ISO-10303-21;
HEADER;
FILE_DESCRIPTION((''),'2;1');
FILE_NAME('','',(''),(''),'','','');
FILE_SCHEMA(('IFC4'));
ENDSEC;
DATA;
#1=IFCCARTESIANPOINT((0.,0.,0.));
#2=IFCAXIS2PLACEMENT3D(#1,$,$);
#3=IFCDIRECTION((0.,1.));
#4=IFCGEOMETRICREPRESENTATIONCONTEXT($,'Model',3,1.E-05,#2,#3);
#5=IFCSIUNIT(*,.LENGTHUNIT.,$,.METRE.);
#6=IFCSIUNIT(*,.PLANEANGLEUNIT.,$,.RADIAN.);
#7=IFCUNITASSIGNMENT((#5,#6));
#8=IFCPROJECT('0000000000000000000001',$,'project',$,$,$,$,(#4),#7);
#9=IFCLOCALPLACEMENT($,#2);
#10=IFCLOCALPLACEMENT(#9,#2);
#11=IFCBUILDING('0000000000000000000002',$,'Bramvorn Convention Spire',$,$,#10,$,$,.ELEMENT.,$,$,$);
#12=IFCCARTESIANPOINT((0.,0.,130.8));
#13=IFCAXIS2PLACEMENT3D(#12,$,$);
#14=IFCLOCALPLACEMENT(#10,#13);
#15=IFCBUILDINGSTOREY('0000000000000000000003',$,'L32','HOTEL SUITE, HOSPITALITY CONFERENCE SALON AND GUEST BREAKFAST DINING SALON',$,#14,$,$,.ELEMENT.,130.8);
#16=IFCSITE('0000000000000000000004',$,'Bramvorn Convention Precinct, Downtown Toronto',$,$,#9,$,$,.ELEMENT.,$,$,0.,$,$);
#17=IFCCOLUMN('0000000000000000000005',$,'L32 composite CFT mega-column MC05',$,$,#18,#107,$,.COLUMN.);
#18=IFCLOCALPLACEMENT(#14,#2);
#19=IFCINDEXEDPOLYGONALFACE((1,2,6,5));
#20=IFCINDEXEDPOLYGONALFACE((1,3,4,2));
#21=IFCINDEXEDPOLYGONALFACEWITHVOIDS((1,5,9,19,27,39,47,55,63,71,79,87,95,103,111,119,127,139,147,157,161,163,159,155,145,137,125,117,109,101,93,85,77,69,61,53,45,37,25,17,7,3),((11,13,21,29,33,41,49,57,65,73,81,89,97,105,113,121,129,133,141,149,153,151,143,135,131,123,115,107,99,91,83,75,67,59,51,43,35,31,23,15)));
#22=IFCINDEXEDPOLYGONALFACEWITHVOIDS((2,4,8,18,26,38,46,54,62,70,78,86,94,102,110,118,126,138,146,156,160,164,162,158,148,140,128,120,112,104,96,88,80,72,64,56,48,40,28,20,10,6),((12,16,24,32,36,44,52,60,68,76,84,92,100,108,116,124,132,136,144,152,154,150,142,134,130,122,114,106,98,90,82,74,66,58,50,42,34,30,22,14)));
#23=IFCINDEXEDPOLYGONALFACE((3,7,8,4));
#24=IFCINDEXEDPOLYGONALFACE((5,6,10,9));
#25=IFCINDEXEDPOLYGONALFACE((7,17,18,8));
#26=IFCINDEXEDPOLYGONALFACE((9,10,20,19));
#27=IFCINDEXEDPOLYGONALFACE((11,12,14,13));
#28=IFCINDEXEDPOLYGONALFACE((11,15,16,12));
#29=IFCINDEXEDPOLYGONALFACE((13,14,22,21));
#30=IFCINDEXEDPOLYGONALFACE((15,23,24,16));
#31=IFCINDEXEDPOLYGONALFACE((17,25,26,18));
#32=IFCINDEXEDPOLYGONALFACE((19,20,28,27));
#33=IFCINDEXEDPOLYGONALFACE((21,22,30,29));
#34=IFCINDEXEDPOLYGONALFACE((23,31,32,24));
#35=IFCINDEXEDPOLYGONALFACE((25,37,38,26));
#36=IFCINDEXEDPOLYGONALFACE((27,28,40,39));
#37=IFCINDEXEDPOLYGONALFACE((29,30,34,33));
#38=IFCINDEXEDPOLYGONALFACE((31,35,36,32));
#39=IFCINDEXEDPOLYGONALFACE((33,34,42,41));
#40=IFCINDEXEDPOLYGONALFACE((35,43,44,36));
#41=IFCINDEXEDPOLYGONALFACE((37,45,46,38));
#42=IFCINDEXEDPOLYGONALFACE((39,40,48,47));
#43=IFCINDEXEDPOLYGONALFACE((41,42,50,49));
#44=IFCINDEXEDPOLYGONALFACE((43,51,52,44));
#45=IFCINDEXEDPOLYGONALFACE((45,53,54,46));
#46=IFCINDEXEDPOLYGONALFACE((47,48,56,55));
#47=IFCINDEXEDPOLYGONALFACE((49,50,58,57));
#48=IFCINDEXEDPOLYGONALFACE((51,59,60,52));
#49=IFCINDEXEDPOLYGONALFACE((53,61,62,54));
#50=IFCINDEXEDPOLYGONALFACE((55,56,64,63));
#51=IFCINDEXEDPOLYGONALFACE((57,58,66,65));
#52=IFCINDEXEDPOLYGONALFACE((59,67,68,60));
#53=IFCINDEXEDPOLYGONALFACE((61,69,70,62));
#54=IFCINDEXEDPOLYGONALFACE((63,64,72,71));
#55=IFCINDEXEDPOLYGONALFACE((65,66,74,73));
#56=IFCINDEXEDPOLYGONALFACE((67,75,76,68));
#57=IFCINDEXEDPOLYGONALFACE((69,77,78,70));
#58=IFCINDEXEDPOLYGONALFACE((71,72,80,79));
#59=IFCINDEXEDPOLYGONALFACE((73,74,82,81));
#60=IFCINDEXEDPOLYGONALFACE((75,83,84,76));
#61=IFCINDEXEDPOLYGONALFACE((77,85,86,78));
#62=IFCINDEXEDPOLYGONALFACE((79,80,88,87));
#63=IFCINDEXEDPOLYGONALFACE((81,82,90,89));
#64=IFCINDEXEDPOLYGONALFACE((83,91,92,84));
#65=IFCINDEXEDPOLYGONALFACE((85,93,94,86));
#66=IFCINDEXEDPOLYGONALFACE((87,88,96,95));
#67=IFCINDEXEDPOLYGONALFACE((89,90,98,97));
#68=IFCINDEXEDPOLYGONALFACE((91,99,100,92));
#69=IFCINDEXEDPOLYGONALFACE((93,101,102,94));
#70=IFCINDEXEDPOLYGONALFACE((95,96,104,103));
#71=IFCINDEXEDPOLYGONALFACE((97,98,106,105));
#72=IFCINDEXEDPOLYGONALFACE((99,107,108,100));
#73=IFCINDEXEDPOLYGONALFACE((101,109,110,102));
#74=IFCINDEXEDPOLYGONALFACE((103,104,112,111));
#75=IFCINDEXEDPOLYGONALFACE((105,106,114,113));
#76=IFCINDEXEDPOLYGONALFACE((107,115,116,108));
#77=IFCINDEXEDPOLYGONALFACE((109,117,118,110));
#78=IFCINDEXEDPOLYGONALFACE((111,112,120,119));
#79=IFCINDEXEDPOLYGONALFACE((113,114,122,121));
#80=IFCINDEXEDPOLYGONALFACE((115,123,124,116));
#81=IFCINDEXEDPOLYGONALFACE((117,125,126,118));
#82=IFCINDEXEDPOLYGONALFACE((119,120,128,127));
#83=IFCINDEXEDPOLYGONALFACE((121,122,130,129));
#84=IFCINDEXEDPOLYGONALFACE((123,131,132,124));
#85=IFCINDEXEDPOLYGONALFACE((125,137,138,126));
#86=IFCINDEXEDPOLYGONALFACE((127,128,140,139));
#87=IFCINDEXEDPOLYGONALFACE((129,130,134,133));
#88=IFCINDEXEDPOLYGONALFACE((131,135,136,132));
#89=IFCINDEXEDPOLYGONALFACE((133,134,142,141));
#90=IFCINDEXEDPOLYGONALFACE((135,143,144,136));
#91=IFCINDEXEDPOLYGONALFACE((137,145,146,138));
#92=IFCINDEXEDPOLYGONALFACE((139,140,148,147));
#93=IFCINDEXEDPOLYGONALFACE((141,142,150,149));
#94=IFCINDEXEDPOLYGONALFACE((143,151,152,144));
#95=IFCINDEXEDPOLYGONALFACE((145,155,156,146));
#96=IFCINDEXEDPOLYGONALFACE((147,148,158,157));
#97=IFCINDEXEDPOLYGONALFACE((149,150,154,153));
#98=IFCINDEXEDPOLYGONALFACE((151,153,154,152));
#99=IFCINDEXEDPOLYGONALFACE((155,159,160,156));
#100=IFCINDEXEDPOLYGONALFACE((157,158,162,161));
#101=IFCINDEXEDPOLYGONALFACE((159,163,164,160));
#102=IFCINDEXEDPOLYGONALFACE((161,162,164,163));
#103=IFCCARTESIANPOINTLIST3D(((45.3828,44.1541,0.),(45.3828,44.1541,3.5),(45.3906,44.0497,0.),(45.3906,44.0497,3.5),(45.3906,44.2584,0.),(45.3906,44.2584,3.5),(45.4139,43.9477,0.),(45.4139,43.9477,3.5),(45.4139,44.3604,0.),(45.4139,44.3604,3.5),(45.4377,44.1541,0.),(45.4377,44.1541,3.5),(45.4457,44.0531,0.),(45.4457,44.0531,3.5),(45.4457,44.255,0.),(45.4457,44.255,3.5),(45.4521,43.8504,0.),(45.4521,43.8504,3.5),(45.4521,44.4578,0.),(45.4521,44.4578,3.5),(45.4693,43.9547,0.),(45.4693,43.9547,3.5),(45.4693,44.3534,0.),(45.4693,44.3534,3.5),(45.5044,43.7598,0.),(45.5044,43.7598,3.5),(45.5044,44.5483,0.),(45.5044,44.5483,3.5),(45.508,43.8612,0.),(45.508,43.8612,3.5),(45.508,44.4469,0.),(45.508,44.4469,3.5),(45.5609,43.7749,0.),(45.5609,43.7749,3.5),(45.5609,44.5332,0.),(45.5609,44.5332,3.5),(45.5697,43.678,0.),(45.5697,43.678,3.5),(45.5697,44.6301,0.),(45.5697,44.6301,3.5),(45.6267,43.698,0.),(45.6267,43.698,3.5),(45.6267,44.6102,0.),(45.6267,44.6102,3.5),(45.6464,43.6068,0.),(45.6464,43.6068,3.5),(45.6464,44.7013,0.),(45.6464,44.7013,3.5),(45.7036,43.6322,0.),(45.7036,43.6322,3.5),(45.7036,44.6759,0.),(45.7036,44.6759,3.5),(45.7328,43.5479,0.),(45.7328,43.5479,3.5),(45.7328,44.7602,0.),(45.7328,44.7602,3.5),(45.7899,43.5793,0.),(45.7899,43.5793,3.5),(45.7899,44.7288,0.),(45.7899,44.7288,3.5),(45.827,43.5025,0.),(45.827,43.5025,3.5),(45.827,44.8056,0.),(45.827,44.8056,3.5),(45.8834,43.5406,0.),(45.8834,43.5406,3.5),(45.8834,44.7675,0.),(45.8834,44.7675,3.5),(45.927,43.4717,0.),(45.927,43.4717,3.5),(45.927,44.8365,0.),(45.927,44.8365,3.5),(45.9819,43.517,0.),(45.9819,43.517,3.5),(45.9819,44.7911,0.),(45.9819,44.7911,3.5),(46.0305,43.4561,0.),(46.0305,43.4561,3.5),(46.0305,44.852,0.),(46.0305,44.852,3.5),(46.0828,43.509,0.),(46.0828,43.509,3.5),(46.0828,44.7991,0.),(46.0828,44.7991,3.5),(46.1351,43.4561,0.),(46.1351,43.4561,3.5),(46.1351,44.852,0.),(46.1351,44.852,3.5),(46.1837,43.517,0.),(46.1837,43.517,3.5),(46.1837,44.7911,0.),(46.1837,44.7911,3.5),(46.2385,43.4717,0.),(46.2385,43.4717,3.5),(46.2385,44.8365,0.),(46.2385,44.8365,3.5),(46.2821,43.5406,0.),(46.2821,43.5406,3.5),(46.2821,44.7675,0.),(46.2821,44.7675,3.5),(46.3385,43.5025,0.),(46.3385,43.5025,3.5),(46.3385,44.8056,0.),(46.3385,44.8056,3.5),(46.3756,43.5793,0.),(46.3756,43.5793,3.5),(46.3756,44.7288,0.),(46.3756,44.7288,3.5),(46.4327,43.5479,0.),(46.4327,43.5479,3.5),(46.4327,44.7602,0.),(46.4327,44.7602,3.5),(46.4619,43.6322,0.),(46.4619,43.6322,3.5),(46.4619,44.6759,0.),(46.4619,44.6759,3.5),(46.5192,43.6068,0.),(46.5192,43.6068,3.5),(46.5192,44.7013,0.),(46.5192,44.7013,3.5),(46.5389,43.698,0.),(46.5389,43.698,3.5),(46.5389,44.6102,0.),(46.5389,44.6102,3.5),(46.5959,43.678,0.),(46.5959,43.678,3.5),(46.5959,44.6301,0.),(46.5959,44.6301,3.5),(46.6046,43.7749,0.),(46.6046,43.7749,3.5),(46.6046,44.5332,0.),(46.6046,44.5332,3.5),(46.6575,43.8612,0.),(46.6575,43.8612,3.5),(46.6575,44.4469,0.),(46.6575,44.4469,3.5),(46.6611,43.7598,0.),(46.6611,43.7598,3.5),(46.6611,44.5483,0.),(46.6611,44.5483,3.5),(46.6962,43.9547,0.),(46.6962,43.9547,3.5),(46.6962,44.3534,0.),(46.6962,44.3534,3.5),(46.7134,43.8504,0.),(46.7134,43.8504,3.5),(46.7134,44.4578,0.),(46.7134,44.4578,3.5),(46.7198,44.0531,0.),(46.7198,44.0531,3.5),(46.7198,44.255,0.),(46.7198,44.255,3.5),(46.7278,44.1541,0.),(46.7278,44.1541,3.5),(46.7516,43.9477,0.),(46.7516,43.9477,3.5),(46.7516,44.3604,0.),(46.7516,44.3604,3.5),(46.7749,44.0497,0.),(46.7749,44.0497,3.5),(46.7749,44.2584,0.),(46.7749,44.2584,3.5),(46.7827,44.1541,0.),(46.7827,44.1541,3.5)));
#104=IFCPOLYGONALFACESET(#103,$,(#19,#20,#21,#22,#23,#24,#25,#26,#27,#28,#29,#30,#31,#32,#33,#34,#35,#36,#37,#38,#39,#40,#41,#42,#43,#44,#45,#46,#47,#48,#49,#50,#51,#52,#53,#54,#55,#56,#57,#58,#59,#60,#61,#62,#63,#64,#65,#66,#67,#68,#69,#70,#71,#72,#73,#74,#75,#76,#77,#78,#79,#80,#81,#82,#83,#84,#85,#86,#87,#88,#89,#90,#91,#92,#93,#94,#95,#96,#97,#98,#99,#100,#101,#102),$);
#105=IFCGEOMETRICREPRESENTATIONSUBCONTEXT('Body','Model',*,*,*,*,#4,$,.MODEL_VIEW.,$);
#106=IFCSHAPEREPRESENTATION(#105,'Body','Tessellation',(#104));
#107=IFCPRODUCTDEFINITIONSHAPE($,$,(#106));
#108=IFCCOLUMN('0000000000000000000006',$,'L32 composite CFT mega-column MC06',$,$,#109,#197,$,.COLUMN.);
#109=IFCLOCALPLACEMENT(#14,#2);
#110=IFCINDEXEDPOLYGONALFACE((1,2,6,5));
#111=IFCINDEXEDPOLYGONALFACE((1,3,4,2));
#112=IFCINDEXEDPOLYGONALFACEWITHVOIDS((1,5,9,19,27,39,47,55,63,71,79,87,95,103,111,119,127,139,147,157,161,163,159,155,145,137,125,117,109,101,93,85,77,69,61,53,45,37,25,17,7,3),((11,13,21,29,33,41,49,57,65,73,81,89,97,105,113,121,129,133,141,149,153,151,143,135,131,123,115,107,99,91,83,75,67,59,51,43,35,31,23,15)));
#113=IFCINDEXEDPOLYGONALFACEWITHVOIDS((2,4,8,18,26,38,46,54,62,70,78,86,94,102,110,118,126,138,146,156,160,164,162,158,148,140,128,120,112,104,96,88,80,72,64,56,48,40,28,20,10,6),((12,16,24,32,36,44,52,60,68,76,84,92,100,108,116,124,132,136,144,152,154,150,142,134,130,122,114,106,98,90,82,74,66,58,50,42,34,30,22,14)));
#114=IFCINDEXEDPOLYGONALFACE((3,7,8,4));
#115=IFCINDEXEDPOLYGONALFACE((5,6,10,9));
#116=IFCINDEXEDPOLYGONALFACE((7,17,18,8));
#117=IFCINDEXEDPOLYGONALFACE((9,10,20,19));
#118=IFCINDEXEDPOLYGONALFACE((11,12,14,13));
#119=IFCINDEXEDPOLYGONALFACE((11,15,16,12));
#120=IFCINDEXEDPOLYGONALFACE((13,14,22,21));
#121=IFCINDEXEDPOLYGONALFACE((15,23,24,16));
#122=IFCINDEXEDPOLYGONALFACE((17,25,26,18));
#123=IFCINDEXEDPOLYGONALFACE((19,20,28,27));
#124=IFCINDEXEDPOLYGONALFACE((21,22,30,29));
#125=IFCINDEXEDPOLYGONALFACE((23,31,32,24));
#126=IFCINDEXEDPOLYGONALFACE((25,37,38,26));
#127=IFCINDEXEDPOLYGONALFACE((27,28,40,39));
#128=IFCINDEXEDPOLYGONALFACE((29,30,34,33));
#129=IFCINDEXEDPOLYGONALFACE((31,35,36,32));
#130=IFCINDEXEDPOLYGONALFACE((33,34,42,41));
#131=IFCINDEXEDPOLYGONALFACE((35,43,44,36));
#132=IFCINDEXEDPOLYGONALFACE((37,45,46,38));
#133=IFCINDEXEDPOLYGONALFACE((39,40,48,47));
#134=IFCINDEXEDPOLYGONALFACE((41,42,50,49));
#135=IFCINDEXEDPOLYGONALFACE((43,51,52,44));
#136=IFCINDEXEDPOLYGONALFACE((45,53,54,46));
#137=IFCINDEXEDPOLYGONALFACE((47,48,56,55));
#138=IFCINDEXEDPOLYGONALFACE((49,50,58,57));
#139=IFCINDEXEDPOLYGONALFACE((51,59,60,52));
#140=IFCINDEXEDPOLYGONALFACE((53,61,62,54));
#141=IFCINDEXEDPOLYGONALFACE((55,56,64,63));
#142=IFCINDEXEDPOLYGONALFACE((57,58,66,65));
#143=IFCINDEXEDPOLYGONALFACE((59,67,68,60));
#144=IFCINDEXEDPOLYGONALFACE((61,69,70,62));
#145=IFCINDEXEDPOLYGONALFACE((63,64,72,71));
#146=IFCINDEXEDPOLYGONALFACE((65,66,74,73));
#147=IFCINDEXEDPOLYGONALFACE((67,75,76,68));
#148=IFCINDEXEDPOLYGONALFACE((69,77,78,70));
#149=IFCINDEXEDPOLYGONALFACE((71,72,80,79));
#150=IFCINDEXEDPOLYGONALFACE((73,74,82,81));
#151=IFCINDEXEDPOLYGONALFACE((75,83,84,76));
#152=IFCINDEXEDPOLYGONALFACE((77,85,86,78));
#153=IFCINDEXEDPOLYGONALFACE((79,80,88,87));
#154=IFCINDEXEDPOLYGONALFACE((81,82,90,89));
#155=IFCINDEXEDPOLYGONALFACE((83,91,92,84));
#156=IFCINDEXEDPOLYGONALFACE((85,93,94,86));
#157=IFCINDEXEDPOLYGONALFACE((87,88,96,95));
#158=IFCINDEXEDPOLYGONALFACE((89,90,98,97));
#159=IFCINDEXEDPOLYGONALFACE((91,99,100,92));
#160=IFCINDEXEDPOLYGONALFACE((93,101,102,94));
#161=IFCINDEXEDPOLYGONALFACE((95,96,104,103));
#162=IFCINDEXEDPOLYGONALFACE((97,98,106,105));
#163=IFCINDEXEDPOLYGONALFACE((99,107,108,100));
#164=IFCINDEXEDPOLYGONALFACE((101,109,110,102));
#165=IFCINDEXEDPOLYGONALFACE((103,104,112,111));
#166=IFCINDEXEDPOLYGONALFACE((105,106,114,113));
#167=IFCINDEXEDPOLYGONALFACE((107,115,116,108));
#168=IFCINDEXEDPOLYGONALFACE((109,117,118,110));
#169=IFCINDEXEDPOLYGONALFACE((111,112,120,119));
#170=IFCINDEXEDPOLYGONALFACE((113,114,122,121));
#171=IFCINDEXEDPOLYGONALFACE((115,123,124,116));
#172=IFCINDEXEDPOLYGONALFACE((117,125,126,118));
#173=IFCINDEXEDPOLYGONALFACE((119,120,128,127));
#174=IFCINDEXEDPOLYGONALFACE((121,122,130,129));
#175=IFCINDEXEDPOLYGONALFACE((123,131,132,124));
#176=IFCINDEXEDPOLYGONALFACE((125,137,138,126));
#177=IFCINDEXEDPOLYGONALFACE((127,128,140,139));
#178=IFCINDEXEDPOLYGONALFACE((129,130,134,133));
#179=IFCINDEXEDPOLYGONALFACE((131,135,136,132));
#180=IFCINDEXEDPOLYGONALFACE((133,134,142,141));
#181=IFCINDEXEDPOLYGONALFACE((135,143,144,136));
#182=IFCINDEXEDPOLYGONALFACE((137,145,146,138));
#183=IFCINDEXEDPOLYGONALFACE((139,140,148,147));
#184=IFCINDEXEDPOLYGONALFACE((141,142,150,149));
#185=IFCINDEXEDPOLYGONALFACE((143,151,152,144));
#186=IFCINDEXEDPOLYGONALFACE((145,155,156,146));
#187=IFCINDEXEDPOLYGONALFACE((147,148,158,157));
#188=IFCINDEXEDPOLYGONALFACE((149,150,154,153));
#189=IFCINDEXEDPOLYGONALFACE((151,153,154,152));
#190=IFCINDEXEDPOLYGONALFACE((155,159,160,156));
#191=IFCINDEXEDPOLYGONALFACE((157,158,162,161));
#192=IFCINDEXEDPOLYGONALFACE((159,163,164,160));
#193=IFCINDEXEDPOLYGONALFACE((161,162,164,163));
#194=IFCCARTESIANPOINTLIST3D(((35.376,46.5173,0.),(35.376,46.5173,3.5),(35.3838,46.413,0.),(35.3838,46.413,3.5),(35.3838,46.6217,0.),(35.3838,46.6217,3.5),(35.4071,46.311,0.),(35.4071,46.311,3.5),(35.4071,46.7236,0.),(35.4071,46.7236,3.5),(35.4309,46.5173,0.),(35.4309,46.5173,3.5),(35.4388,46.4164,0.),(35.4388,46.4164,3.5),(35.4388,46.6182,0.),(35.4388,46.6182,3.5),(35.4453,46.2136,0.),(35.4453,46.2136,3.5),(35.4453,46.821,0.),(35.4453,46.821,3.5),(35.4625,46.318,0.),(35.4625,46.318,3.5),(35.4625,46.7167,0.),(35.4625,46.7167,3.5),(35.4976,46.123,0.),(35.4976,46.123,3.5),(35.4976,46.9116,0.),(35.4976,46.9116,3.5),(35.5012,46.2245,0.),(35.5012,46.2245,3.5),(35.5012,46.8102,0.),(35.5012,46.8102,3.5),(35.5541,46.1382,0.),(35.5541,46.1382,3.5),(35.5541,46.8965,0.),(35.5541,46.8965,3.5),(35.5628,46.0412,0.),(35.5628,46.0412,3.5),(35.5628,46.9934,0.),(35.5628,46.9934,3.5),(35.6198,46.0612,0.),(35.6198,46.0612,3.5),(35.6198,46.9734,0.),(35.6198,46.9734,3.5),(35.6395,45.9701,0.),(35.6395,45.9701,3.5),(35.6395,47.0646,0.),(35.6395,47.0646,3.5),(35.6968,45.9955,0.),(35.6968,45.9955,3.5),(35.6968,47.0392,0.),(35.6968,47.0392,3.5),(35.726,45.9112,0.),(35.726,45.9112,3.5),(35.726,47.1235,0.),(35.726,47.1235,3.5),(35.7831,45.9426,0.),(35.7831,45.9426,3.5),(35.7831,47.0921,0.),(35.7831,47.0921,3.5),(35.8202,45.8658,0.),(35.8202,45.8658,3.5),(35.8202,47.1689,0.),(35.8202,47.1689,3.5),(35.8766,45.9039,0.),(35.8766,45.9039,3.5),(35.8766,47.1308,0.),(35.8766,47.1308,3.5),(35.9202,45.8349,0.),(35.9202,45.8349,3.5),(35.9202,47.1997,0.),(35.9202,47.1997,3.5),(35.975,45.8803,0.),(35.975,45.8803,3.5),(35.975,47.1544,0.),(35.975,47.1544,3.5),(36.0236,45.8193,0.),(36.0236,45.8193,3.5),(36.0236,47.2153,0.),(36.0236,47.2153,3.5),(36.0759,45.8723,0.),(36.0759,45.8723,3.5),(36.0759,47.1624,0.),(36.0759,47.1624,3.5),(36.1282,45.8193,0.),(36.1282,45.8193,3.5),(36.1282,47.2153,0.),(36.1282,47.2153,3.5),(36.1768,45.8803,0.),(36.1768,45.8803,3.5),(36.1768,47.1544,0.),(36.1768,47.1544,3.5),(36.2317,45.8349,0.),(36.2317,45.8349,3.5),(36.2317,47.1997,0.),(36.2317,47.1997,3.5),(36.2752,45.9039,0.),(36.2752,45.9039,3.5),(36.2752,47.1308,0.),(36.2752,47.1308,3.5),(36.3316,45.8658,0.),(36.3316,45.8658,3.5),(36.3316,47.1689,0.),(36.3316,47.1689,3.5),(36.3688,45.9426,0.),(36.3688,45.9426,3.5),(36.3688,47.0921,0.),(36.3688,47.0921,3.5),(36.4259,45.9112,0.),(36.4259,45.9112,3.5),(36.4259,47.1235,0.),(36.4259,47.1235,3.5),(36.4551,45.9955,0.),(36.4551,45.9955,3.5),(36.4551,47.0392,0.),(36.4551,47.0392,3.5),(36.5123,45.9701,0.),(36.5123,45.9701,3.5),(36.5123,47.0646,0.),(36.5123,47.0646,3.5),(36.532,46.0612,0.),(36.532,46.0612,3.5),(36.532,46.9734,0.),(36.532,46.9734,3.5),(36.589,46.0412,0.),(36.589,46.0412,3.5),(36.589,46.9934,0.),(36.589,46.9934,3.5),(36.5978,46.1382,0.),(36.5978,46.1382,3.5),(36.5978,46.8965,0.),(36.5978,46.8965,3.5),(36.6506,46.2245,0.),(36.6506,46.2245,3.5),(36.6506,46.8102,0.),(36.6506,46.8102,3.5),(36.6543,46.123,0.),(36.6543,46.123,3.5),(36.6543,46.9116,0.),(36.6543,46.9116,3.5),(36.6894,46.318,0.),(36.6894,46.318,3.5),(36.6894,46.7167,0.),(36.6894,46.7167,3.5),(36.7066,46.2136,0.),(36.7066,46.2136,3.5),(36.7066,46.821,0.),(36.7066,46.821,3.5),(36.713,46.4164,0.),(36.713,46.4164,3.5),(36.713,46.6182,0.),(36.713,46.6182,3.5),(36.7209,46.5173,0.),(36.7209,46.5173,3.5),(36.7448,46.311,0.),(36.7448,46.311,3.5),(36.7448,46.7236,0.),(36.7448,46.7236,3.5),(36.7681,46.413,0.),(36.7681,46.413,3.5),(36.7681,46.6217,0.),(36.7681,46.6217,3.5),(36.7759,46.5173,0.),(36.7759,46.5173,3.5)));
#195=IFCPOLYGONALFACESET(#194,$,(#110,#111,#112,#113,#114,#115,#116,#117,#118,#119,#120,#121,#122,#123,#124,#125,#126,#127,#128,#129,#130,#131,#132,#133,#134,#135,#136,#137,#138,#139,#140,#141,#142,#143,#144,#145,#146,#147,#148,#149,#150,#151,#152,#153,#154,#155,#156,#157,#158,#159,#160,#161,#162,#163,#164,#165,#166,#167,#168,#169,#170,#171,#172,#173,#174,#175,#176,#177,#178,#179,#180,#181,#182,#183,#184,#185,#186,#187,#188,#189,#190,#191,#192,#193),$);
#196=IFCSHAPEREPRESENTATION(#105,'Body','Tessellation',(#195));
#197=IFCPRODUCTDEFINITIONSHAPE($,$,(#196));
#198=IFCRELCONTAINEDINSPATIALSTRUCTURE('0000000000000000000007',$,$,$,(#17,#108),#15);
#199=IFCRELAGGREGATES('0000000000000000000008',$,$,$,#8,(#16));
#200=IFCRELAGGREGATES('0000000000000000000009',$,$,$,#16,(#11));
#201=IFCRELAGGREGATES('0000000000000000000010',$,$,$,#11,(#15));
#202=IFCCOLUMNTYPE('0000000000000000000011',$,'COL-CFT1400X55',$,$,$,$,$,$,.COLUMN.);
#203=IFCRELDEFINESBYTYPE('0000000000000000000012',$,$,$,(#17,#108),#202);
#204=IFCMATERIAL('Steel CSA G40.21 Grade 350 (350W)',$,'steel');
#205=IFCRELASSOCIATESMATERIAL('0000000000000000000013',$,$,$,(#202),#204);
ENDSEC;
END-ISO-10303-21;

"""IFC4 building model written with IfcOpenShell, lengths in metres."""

from ifc_helpers import new_model, si_unit, direction, frame, origin, origin_2d, place, context, subcontext, project, spatial, hollow_circle, extrude, material, material_profile, profile_set, type_object, element, save


model = new_model("IFC4")

# Units and contexts
model_context = context("Model", 3, precision=1e-05, world=origin(), true_north=direction((0.0, 1.0)))
body_context = subcontext(model_context, "Body", "Model", "MODEL_VIEW")
ifc_project = project(units=[si_unit("LENGTHUNIT", "METRE"), si_unit("PLANEANGLEUNIT", "RADIAN")], contexts=[model_context])

# Site, building, storey
site_placement = place(None, origin())
site = spatial("IfcSite", under=ifc_project, at=site_placement, Name="Bramvorn Convention Precinct, Downtown Toronto", CompositionType="ELEMENT", RefElevation=0.0)
building_placement = place(site_placement, origin())
building = spatial("IfcBuilding", under=site, at=building_placement, Name="Bramvorn Convention Spire", CompositionType="ELEMENT")
storey_placement = place(building_placement, frame((0.0, 0.0, 130.8)))
storey = spatial("IfcBuildingStorey", under=building, at=storey_placement, Name="L32", Description="HOTEL SUITE, HOSPITALITY CONFERENCE SALON AND GUEST BREAKFAST DINING SALON", CompositionType="ELEMENT", Elevation=130.8)

# Columns
ifc_material_1 = material(Name="Steel CSA G40.21 Grade 350 (350W)", Category="steel")
ifc_material_profile_1 = material_profile(ifc_material_1, hollow_circle(Radius=0.7, WallThickness=0.0549, at=origin_2d()))
ifc_profile_set_1 = profile_set([ifc_material_profile_1], Name="Steel CSA G40.21 Grade 350 (350W) - CFT1400X55")
column_type = type_object("IfcColumnType", Name="COL-CFT1400X55", PredefinedType="COLUMN", material=ifc_profile_set_1)
for number, where, z_axis, x_axis, name in (
    (1, (46.0828, 44.1541, 0.0), (0.0, 0.0, 1.0), (1.0, 0.0, 0.0), "L32 composite CFT mega-column MC05"),
    (2, (36.0759, 46.5173, 0.0), (0.0, 0.0, 1.0), (1.0, 0.0, 0.0), "L32 composite CFT mega-column MC06"),
):
    element("IfcColumn", number, at=place(storey_placement, frame(where, z_axis=z_axis, x_axis=x_axis)), inside=storey, type_object=column_type, Name=name, PredefinedType="COLUMN", context=body_context, shape_type="SweptSolid", body=[
        extrude(hollow_circle(Radius=0.7, WallThickness=0.0549, at=origin_2d()), origin(), (0.0, 0.0, 1.0), 3.5),
    ])

save(model, "model.ifc")
